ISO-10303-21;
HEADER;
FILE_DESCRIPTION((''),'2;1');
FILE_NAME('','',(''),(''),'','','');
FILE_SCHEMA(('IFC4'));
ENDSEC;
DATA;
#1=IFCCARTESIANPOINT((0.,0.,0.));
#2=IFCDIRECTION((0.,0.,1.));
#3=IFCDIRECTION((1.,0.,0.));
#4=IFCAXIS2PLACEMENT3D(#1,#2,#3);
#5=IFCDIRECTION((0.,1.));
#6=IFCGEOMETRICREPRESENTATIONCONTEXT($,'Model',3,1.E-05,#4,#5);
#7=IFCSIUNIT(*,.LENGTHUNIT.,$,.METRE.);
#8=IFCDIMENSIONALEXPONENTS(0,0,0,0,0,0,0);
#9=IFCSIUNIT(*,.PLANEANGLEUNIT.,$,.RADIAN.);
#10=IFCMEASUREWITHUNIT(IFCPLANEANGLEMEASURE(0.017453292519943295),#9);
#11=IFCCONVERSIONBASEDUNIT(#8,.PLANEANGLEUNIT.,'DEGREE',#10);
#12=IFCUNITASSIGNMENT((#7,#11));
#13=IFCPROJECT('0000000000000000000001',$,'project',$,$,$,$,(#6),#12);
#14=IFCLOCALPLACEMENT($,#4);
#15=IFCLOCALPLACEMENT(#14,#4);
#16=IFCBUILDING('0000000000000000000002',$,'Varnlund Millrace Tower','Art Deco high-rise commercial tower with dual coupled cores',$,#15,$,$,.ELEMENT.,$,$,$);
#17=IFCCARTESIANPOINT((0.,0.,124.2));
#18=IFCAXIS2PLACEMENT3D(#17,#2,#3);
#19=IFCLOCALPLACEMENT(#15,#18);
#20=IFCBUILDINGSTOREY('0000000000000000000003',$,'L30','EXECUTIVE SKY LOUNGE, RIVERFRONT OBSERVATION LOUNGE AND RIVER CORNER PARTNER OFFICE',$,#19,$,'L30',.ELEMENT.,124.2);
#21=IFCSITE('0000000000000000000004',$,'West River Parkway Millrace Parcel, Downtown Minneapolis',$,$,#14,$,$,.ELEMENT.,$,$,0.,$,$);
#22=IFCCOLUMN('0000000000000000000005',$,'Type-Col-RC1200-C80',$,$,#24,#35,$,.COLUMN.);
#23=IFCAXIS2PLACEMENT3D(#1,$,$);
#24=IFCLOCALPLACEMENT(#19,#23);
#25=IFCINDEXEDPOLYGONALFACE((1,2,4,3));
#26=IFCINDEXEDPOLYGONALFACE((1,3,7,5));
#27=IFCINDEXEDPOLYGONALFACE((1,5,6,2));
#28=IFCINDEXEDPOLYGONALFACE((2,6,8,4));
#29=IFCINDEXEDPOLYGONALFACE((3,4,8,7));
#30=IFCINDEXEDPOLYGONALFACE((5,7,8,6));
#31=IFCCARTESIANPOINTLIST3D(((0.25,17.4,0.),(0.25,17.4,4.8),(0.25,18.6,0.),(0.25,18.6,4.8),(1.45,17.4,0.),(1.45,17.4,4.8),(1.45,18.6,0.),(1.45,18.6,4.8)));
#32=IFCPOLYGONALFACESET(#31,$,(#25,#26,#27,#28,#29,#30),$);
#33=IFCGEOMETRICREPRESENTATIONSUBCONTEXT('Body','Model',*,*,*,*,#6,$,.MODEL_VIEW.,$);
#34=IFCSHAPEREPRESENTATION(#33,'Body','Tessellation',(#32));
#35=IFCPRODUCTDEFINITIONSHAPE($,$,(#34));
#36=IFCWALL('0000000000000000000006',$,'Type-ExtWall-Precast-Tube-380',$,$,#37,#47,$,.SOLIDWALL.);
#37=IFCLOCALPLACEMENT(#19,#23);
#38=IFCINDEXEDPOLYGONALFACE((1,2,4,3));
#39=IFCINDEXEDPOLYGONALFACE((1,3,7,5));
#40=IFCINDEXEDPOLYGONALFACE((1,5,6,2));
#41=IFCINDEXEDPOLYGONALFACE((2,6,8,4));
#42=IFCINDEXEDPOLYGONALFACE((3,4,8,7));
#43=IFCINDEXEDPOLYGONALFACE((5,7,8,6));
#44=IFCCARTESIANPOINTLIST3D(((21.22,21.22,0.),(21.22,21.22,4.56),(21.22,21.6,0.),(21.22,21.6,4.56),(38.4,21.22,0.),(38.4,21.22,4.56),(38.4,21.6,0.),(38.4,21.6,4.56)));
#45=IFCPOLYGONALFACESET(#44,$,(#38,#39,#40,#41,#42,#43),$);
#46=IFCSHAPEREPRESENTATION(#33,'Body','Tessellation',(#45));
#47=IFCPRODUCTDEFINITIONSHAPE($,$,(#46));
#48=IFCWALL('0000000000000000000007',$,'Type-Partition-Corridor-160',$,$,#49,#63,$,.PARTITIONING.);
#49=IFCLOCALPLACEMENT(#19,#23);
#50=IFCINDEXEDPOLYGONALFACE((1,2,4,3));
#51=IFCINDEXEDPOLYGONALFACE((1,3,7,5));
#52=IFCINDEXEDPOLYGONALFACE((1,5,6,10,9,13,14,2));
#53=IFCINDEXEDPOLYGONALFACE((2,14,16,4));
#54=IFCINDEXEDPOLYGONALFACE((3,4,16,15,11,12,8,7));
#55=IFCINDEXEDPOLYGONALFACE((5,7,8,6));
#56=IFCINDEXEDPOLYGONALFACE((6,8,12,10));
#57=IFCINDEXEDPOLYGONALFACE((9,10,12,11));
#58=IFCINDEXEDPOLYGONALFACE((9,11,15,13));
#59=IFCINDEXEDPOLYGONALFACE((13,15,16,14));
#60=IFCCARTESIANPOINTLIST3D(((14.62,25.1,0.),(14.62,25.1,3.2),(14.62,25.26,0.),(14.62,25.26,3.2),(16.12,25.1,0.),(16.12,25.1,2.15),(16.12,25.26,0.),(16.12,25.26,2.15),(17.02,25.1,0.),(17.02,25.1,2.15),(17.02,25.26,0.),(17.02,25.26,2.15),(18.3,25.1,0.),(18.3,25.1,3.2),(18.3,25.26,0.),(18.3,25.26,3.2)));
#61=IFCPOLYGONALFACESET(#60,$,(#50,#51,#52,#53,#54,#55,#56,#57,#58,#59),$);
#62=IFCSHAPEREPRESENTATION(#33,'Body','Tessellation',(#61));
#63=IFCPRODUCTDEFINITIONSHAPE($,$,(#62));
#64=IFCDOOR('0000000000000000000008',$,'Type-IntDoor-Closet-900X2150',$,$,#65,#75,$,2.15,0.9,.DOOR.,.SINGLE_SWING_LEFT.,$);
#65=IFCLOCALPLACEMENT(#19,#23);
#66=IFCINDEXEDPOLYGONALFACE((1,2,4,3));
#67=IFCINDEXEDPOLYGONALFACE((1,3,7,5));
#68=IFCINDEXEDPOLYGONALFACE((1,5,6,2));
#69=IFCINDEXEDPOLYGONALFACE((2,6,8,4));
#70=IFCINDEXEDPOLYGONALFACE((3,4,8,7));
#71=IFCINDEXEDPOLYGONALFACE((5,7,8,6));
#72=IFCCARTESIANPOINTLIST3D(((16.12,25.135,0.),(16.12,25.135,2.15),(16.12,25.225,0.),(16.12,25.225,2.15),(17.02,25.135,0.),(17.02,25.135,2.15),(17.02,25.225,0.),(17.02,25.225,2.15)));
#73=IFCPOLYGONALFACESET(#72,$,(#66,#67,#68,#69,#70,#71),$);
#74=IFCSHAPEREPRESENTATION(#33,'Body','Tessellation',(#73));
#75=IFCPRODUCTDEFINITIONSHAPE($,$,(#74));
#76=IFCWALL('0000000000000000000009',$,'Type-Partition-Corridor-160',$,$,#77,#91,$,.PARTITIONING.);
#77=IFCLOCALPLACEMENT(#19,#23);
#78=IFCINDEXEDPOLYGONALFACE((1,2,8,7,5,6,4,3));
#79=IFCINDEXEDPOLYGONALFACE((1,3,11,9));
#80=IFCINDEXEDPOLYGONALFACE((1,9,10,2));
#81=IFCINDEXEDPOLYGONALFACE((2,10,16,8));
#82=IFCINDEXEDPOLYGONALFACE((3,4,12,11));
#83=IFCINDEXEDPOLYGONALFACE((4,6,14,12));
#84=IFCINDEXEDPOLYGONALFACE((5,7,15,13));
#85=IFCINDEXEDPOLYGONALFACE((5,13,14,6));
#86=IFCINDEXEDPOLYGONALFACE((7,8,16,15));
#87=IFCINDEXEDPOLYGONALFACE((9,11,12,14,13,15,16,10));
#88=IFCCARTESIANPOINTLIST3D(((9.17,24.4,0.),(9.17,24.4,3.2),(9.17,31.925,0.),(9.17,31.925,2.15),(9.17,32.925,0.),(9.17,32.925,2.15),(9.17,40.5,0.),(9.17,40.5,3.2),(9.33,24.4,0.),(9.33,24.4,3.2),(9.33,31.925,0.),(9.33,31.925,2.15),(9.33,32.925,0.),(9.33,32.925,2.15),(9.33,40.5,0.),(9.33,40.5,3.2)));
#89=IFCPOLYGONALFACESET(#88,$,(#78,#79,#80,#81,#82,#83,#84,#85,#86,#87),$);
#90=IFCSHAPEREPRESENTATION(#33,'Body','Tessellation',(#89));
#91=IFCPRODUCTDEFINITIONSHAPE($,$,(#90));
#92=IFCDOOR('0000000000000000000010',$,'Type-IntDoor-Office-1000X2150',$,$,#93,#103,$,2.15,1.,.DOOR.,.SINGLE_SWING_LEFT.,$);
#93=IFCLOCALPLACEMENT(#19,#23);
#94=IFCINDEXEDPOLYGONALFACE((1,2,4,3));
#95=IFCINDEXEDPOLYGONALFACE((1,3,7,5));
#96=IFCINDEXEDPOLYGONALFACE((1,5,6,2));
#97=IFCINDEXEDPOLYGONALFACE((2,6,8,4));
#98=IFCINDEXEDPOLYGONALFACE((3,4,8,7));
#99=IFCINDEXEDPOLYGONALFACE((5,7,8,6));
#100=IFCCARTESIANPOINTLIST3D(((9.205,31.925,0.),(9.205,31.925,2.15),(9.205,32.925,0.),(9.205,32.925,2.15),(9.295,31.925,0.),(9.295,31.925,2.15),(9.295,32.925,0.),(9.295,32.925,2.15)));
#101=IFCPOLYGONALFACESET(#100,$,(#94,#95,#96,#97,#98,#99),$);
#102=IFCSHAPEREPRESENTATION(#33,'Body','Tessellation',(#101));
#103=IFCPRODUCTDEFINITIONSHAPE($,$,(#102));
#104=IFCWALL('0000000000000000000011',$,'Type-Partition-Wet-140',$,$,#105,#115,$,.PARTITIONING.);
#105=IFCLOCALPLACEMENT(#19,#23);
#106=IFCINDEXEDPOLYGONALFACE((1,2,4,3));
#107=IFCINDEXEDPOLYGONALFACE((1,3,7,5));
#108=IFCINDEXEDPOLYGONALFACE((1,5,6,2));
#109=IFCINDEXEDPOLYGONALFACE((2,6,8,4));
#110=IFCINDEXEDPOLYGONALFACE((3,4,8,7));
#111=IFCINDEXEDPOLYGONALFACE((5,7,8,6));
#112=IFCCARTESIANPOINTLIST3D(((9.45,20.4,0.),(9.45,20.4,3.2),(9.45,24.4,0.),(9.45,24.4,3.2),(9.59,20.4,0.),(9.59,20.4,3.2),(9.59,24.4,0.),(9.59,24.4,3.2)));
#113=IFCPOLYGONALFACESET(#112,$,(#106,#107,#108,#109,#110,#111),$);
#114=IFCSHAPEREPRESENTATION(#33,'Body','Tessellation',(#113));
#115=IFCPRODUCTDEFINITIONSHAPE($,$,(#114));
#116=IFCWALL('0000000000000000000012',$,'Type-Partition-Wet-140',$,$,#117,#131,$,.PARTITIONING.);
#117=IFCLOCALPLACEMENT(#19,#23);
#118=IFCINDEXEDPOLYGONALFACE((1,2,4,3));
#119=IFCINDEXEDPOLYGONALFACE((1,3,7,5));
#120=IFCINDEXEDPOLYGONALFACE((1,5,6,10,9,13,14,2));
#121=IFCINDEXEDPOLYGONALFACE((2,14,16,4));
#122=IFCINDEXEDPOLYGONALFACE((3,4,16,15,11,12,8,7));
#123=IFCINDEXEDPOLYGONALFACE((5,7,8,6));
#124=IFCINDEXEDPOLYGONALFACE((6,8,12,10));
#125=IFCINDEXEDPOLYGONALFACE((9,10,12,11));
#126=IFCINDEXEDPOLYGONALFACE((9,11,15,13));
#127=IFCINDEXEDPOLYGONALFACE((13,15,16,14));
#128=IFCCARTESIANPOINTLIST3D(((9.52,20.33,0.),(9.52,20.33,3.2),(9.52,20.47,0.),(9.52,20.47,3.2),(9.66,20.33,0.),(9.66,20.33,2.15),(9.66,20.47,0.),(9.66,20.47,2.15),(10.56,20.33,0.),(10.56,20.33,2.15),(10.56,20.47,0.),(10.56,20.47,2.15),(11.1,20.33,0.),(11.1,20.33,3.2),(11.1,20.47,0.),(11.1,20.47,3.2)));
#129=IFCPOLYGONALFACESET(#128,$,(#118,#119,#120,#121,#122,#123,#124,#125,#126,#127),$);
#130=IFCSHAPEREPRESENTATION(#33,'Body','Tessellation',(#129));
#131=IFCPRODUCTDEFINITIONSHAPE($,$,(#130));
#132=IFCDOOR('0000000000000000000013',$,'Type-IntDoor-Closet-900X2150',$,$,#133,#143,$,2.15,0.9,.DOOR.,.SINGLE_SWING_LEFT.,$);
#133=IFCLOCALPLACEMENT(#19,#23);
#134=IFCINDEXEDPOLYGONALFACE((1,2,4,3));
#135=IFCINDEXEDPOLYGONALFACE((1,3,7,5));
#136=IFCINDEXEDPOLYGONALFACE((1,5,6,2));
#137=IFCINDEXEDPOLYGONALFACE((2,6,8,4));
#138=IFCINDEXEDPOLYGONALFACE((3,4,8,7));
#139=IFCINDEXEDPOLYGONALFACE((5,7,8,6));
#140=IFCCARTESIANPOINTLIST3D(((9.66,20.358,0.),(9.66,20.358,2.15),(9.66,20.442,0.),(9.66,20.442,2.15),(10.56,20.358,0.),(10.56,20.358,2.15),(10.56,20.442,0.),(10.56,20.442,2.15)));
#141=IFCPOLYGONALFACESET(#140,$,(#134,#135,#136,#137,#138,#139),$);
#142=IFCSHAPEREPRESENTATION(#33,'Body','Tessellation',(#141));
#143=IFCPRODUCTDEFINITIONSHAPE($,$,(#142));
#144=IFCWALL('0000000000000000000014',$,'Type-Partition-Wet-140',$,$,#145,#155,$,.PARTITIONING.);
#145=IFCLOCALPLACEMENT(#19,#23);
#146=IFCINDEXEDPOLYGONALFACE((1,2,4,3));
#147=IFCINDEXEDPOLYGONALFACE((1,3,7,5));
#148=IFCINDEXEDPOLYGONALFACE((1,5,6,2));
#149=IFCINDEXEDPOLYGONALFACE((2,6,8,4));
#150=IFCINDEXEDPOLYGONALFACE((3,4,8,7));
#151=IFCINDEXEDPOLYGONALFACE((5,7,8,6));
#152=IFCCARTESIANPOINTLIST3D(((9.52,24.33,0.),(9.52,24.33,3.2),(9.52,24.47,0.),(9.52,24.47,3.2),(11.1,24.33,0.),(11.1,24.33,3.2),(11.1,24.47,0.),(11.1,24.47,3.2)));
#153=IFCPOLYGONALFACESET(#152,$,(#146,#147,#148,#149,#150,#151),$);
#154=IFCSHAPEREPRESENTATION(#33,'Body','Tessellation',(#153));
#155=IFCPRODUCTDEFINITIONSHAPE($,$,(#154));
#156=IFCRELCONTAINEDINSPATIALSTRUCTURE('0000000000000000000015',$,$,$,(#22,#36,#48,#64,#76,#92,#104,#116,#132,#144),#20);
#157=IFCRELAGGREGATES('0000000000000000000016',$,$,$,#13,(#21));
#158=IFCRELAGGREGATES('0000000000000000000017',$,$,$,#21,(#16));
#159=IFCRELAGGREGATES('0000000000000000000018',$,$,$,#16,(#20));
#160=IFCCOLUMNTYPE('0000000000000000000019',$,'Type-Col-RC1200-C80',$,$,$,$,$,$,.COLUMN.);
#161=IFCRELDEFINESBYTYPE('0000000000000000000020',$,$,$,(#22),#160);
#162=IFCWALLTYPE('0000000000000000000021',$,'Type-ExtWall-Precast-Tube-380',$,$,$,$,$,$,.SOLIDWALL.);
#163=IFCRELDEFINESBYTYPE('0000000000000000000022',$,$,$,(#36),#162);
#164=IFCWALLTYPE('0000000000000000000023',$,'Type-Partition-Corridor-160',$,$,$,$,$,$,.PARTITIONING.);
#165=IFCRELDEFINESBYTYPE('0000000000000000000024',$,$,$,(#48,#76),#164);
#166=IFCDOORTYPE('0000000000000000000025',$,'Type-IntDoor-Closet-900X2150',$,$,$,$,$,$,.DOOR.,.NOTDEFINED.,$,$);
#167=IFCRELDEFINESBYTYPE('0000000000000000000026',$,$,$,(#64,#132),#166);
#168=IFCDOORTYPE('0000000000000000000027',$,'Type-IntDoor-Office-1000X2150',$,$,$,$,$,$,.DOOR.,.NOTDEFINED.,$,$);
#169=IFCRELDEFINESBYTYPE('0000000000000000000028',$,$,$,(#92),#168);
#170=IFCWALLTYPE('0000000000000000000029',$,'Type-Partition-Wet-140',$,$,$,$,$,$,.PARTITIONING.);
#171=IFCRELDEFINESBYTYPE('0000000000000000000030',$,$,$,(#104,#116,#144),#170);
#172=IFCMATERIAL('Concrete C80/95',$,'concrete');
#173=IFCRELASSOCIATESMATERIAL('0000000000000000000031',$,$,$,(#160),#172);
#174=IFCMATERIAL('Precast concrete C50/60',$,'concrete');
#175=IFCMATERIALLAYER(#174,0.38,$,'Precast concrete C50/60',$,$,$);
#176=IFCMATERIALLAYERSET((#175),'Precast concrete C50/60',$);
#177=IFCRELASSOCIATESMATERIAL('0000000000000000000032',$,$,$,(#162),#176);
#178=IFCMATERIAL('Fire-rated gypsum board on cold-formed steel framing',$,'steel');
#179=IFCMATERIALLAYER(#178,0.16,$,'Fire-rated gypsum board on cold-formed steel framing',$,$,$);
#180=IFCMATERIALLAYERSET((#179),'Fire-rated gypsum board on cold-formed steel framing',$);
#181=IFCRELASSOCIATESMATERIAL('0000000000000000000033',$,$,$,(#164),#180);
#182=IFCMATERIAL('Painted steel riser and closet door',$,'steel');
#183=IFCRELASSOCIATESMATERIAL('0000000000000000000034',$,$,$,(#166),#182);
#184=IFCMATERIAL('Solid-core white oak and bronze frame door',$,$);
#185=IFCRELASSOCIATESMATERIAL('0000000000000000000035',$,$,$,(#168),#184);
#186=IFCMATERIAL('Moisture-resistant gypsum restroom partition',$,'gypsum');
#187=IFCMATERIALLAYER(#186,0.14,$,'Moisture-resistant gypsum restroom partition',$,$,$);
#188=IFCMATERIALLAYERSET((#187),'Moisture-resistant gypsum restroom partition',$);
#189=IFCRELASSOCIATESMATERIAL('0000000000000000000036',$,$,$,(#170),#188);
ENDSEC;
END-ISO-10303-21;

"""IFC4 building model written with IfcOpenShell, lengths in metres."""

from ifc_helpers import new_model, entity, si_unit, converted_unit, direction, frame, origin_with_axes, origin_2d_with_axis, place, context, subcontext, project, spatial, polyline, rectangle, outline, extrude, material, layer, layer_set, material_profile, profile_set, type_object, element, fill, save


model = new_model("IFC4")

# Units and contexts
model_context = context("Model", 3, precision=1e-05, world=origin_with_axes(), true_north=direction((0.0, 1.0)))
body_context = subcontext(model_context, "Body", "Model", "MODEL_VIEW")
ifc_project = project(units=[si_unit("LENGTHUNIT", "METRE"), converted_unit("PLANEANGLEUNIT", "DEGREE", entity("IfcPlaneAngleMeasure", 0.017453292519943295), si_unit("PLANEANGLEUNIT", "RADIAN"), dimensions=[0, 0, 0, 0, 0, 0, 0])], contexts=[model_context])

# Site, building, storey
site_placement = place(None, origin_with_axes())
site = spatial("IfcSite", under=ifc_project, at=site_placement, Name="West River Parkway Millrace Parcel, Downtown Minneapolis", CompositionType="ELEMENT", RefElevation=0.0)
building_placement = place(site_placement, origin_with_axes())
building = spatial("IfcBuilding", under=site, at=building_placement, Name="Varnlund Millrace Tower", Description="Art Deco high-rise commercial tower with dual coupled cores", CompositionType="ELEMENT")
storey_placement = place(building_placement, frame((0.0, 0.0, 124.2), z_axis=(0.0, 0.0, 1.0), x_axis=(1.0, 0.0, 0.0)))
storey = spatial("IfcBuildingStorey", under=building, at=storey_placement, Name="L30", Description="EXECUTIVE SKY LOUNGE, RIVERFRONT OBSERVATION LOUNGE AND RIVER CORNER PARTNER OFFICE", LongName="L30", CompositionType="ELEMENT", Elevation=124.2)

# Column
ifc_material_1 = material(Name="Concrete C80/95", Category="concrete")
ifc_material_profile = material_profile(ifc_material_1, rectangle(XDim=1.2, YDim=1.2, at=origin_2d_with_axis()), Name="Concrete C80/95")
ifc_profile_set = profile_set([ifc_material_profile], Name="Concrete C80/95")
column_type = type_object("IfcColumnType", Name="Type-Col-RC1200-C80", PredefinedType="COLUMN", material=ifc_profile_set)
column_placement = place(storey_placement, frame((0.85, 18.0, 0.0), z_axis=(0.0, 0.0, 1.0), x_axis=(1.0, 0.0, 0.0)))
element("IfcColumn", 1, at=column_placement, inside=storey, type_object=column_type, Name="Type-Col-RC1200-C80", PredefinedType="COLUMN", context=body_context, shape_type="SweptSolid", body=[
    extrude(rectangle(XDim=1.2, YDim=1.2, at=origin_2d_with_axis()), origin_with_axes(), (0.0, 0.0, 1.0), 4.8),
])

# Wall
ifc_material_2 = material(Name="Precast concrete C50/60", Category="concrete")
ifc_layer_1 = layer(ifc_material_2, 0.38, Name="Precast concrete C50/60")
ifc_layer_set_1 = layer_set([ifc_layer_1], Name="Precast concrete C50/60")
wall_type_1 = type_object("IfcWallType", Name="Type-ExtWall-Precast-Tube-380", PredefinedType="SOLIDWALL", material=ifc_layer_set_1)
wall_1_placement = place(storey_placement, frame((21.22, 21.41, 0.0), z_axis=(0.0, 0.0, 1.0), x_axis=(1.0, 0.0, 0.0)))
element("IfcWall", 2, at=wall_1_placement, inside=storey, type_object=wall_type_1, Name="Type-ExtWall-Precast-Tube-380", PredefinedType="SOLIDWALL", context=body_context, shape_type="SweptSolid", body=[
    extrude(outline(polyline([(0.0, -0.19), (17.18, -0.19), (17.18, 0.19), (0.0, 0.19), (0.0, -0.19)])), origin_with_axes(), (0.0, 0.0, 1.0), 4.56),
])

# Walls, openings, doors
ifc_material_3 = material(Name="Fire-rated gypsum board on cold-formed steel framing", Category="steel")
ifc_layer_2 = layer(ifc_material_3, 0.16, Name="Fire-rated gypsum board on cold-formed steel framing")
ifc_layer_set_2 = layer_set([ifc_layer_2], Name="Fire-rated gypsum board on cold-formed steel framing")
wall_type_2 = type_object("IfcWallType", Name="Type-Partition-Corridor-160", PredefinedType="PARTITIONING", material=ifc_layer_set_2)
wall_2_placement = place(storey_placement, frame((14.62, 25.18, 0.0), z_axis=(0.0, 0.0, 1.0), x_axis=(1.0, 0.0, 0.0)))
wall_2 = element("IfcWall", 3, at=wall_2_placement, inside=storey, type_object=wall_type_2, Name="Type-Partition-Corridor-160", PredefinedType="PARTITIONING", context=body_context, shape_type="SweptSolid", body=[
    extrude(outline(polyline([(0.0, -0.08), (3.68, -0.08), (3.68, 0.08), (0.0, 0.08), (0.0, -0.08)])), origin_with_axes(), (0.0, 0.0, 1.0), 3.2),
])
opening_1_placement = place(wall_2_placement, frame((1.95, 0.0, 0.0), z_axis=(0.0, 0.0, 1.0), x_axis=(1.0, 0.0, 0.0)))
opening_1 = element("IfcOpeningElement", 4, at=opening_1_placement, cuts=wall_2, PredefinedType="OPENING", context=body_context, shape_type="SweptSolid", body=[
    extrude(rectangle(XDim=0.9, YDim=0.18, at=origin_2d_with_axis()), origin_with_axes(), (0.0, 0.0, 1.0), 2.15),
])
ifc_material_4 = material(Name="Painted steel riser and closet door", Category="steel")
door_type_1 = type_object("IfcDoorType", Name="Type-IntDoor-Closet-900X2150", OperationType="NOTDEFINED", PredefinedType="DOOR", material=ifc_material_4)
door_1_placement = place(wall_2_placement, frame((1.95, 0.0, 0.0), z_axis=(0.0, 0.0, 1.0), x_axis=(1.0, 0.0, 0.0)))
door_1 = element("IfcDoor", 5, at=door_1_placement, inside=storey, type_object=door_type_1, Name="Type-IntDoor-Closet-900X2150", OperationType="SINGLE_SWING_LEFT", OverallHeight=2.15, OverallWidth=0.9, PredefinedType="DOOR", context=body_context, shape_type="SweptSolid", body=[
    extrude(rectangle(XDim=0.9, YDim=0.09, at=origin_2d_with_axis()), origin_with_axes(), (0.0, 0.0, 1.0), 2.15),
])
fill(opening_1, door_1)
wall_3_placement = place(storey_placement, frame((9.25, 24.4, 0.0), z_axis=(0.0, 0.0, 1.0), x_axis=(0.0, 1.0, 0.0)))
wall_3 = element("IfcWall", 6, at=wall_3_placement, inside=storey, type_object=wall_type_2, Name="Type-Partition-Corridor-160", PredefinedType="PARTITIONING", context=body_context, shape_type="SweptSolid", body=[
    extrude(outline(polyline([(0.0, -0.08), (16.1, -0.08), (16.1, 0.08), (0.0, 0.08), (0.0, -0.08)])), origin_with_axes(), (0.0, 0.0, 1.0), 3.2),
])
opening_2_placement = place(wall_3_placement, frame((8.025, 0.0, 0.0), z_axis=(0.0, 0.0, 1.0), x_axis=(1.0, 0.0, 0.0)))
opening_2 = element("IfcOpeningElement", 7, at=opening_2_placement, cuts=wall_3, PredefinedType="OPENING", context=body_context, shape_type="SweptSolid", body=[
    extrude(rectangle(XDim=1.0, YDim=0.18, at=origin_2d_with_axis()), origin_with_axes(), (0.0, 0.0, 1.0), 2.15),
])
ifc_material_5 = material(Name="Solid-core white oak and bronze frame door")
door_type_2 = type_object("IfcDoorType", Name="Type-IntDoor-Office-1000X2150", OperationType="NOTDEFINED", PredefinedType="DOOR", material=ifc_material_5)
door_2_placement = place(wall_3_placement, frame((8.025, 0.0, 0.0), z_axis=(0.0, 0.0, 1.0), x_axis=(1.0, 0.0, 0.0)))
door_2 = element("IfcDoor", 8, at=door_2_placement, inside=storey, type_object=door_type_2, Name="Type-IntDoor-Office-1000X2150", OperationType="SINGLE_SWING_LEFT", OverallHeight=2.15, OverallWidth=1.0, PredefinedType="DOOR", context=body_context, shape_type="SweptSolid", body=[
    extrude(rectangle(XDim=1.0, YDim=0.09, at=origin_2d_with_axis()), origin_with_axes(), (0.0, 0.0, 1.0), 2.15),
])
fill(opening_2, door_2)

# Wall
ifc_material_6 = material(Name="Moisture-resistant gypsum restroom partition", Category="gypsum")
ifc_layer_3 = layer(ifc_material_6, 0.14, Name="Moisture-resistant gypsum restroom partition")
ifc_layer_set_3 = layer_set([ifc_layer_3], Name="Moisture-resistant gypsum restroom partition")
wall_type_3 = type_object("IfcWallType", Name="Type-Partition-Wet-140", PredefinedType="PARTITIONING", material=ifc_layer_set_3)
wall_4_placement = place(storey_placement, frame((9.52, 20.4, 0.0), z_axis=(0.0, 0.0, 1.0), x_axis=(0.0, 1.0, 0.0)))
element("IfcWall", 9, at=wall_4_placement, inside=storey, type_object=wall_type_3, Name="Type-Partition-Wet-140", PredefinedType="PARTITIONING", context=body_context, shape_type="SweptSolid", body=[
    extrude(outline(polyline([(0.0, -0.07), (4.0, -0.07), (4.0, 0.07), (0.0, 0.07), (0.0, -0.07)])), origin_with_axes(), (0.0, 0.0, 1.0), 3.2),
])

# Wall, opening, door
wall_5_placement = place(storey_placement, frame((9.52, 20.4, 0.0), z_axis=(0.0, 0.0, 1.0), x_axis=(1.0, 0.0, 0.0)))
wall_5 = element("IfcWall", 10, at=wall_5_placement, inside=storey, type_object=wall_type_3, Name="Type-Partition-Wet-140", PredefinedType="PARTITIONING", context=body_context, shape_type="SweptSolid", body=[
    extrude(outline(polyline([(0.0, -0.07), (1.58, -0.07), (1.58, 0.07), (0.0, 0.07), (0.0, -0.07)])), origin_with_axes(), (0.0, 0.0, 1.0), 3.2),
])
opening_3_placement = place(wall_5_placement, frame((0.59, 0.0, 0.0), z_axis=(0.0, 0.0, 1.0), x_axis=(1.0, 0.0, 0.0)))
opening_3 = element("IfcOpeningElement", 11, at=opening_3_placement, cuts=wall_5, PredefinedType="OPENING", context=body_context, shape_type="SweptSolid", body=[
    extrude(rectangle(XDim=0.9, YDim=0.16, at=origin_2d_with_axis()), origin_with_axes(), (0.0, 0.0, 1.0), 2.15),
])
door_3_placement = place(wall_5_placement, frame((0.59, 0.0, 0.0), z_axis=(0.0, 0.0, 1.0), x_axis=(1.0, 0.0, 0.0)))
door_3 = element("IfcDoor", 12, at=door_3_placement, inside=storey, type_object=door_type_1, Name="Type-IntDoor-Closet-900X2150", OperationType="SINGLE_SWING_LEFT", OverallHeight=2.15, OverallWidth=0.9, PredefinedType="DOOR", context=body_context, shape_type="SweptSolid", body=[
    extrude(rectangle(XDim=0.9, YDim=0.084, at=origin_2d_with_axis()), origin_with_axes(), (0.0, 0.0, 1.0), 2.15),
])
fill(opening_3, door_3)

# Wall
wall_6_placement = place(storey_placement, frame((9.52, 24.4, 0.0), z_axis=(0.0, 0.0, 1.0), x_axis=(1.0, 0.0, 0.0)))
element("IfcWall", 13, at=wall_6_placement, inside=storey, type_object=wall_type_3, Name="Type-Partition-Wet-140", PredefinedType="PARTITIONING", context=body_context, shape_type="SweptSolid", body=[
    extrude(outline(polyline([(0.0, -0.07), (1.58, -0.07), (1.58, 0.07), (0.0, 0.07), (0.0, -0.07)])), origin_with_axes(), (0.0, 0.0, 1.0), 3.2),
])

save(model, "model.ifc")
